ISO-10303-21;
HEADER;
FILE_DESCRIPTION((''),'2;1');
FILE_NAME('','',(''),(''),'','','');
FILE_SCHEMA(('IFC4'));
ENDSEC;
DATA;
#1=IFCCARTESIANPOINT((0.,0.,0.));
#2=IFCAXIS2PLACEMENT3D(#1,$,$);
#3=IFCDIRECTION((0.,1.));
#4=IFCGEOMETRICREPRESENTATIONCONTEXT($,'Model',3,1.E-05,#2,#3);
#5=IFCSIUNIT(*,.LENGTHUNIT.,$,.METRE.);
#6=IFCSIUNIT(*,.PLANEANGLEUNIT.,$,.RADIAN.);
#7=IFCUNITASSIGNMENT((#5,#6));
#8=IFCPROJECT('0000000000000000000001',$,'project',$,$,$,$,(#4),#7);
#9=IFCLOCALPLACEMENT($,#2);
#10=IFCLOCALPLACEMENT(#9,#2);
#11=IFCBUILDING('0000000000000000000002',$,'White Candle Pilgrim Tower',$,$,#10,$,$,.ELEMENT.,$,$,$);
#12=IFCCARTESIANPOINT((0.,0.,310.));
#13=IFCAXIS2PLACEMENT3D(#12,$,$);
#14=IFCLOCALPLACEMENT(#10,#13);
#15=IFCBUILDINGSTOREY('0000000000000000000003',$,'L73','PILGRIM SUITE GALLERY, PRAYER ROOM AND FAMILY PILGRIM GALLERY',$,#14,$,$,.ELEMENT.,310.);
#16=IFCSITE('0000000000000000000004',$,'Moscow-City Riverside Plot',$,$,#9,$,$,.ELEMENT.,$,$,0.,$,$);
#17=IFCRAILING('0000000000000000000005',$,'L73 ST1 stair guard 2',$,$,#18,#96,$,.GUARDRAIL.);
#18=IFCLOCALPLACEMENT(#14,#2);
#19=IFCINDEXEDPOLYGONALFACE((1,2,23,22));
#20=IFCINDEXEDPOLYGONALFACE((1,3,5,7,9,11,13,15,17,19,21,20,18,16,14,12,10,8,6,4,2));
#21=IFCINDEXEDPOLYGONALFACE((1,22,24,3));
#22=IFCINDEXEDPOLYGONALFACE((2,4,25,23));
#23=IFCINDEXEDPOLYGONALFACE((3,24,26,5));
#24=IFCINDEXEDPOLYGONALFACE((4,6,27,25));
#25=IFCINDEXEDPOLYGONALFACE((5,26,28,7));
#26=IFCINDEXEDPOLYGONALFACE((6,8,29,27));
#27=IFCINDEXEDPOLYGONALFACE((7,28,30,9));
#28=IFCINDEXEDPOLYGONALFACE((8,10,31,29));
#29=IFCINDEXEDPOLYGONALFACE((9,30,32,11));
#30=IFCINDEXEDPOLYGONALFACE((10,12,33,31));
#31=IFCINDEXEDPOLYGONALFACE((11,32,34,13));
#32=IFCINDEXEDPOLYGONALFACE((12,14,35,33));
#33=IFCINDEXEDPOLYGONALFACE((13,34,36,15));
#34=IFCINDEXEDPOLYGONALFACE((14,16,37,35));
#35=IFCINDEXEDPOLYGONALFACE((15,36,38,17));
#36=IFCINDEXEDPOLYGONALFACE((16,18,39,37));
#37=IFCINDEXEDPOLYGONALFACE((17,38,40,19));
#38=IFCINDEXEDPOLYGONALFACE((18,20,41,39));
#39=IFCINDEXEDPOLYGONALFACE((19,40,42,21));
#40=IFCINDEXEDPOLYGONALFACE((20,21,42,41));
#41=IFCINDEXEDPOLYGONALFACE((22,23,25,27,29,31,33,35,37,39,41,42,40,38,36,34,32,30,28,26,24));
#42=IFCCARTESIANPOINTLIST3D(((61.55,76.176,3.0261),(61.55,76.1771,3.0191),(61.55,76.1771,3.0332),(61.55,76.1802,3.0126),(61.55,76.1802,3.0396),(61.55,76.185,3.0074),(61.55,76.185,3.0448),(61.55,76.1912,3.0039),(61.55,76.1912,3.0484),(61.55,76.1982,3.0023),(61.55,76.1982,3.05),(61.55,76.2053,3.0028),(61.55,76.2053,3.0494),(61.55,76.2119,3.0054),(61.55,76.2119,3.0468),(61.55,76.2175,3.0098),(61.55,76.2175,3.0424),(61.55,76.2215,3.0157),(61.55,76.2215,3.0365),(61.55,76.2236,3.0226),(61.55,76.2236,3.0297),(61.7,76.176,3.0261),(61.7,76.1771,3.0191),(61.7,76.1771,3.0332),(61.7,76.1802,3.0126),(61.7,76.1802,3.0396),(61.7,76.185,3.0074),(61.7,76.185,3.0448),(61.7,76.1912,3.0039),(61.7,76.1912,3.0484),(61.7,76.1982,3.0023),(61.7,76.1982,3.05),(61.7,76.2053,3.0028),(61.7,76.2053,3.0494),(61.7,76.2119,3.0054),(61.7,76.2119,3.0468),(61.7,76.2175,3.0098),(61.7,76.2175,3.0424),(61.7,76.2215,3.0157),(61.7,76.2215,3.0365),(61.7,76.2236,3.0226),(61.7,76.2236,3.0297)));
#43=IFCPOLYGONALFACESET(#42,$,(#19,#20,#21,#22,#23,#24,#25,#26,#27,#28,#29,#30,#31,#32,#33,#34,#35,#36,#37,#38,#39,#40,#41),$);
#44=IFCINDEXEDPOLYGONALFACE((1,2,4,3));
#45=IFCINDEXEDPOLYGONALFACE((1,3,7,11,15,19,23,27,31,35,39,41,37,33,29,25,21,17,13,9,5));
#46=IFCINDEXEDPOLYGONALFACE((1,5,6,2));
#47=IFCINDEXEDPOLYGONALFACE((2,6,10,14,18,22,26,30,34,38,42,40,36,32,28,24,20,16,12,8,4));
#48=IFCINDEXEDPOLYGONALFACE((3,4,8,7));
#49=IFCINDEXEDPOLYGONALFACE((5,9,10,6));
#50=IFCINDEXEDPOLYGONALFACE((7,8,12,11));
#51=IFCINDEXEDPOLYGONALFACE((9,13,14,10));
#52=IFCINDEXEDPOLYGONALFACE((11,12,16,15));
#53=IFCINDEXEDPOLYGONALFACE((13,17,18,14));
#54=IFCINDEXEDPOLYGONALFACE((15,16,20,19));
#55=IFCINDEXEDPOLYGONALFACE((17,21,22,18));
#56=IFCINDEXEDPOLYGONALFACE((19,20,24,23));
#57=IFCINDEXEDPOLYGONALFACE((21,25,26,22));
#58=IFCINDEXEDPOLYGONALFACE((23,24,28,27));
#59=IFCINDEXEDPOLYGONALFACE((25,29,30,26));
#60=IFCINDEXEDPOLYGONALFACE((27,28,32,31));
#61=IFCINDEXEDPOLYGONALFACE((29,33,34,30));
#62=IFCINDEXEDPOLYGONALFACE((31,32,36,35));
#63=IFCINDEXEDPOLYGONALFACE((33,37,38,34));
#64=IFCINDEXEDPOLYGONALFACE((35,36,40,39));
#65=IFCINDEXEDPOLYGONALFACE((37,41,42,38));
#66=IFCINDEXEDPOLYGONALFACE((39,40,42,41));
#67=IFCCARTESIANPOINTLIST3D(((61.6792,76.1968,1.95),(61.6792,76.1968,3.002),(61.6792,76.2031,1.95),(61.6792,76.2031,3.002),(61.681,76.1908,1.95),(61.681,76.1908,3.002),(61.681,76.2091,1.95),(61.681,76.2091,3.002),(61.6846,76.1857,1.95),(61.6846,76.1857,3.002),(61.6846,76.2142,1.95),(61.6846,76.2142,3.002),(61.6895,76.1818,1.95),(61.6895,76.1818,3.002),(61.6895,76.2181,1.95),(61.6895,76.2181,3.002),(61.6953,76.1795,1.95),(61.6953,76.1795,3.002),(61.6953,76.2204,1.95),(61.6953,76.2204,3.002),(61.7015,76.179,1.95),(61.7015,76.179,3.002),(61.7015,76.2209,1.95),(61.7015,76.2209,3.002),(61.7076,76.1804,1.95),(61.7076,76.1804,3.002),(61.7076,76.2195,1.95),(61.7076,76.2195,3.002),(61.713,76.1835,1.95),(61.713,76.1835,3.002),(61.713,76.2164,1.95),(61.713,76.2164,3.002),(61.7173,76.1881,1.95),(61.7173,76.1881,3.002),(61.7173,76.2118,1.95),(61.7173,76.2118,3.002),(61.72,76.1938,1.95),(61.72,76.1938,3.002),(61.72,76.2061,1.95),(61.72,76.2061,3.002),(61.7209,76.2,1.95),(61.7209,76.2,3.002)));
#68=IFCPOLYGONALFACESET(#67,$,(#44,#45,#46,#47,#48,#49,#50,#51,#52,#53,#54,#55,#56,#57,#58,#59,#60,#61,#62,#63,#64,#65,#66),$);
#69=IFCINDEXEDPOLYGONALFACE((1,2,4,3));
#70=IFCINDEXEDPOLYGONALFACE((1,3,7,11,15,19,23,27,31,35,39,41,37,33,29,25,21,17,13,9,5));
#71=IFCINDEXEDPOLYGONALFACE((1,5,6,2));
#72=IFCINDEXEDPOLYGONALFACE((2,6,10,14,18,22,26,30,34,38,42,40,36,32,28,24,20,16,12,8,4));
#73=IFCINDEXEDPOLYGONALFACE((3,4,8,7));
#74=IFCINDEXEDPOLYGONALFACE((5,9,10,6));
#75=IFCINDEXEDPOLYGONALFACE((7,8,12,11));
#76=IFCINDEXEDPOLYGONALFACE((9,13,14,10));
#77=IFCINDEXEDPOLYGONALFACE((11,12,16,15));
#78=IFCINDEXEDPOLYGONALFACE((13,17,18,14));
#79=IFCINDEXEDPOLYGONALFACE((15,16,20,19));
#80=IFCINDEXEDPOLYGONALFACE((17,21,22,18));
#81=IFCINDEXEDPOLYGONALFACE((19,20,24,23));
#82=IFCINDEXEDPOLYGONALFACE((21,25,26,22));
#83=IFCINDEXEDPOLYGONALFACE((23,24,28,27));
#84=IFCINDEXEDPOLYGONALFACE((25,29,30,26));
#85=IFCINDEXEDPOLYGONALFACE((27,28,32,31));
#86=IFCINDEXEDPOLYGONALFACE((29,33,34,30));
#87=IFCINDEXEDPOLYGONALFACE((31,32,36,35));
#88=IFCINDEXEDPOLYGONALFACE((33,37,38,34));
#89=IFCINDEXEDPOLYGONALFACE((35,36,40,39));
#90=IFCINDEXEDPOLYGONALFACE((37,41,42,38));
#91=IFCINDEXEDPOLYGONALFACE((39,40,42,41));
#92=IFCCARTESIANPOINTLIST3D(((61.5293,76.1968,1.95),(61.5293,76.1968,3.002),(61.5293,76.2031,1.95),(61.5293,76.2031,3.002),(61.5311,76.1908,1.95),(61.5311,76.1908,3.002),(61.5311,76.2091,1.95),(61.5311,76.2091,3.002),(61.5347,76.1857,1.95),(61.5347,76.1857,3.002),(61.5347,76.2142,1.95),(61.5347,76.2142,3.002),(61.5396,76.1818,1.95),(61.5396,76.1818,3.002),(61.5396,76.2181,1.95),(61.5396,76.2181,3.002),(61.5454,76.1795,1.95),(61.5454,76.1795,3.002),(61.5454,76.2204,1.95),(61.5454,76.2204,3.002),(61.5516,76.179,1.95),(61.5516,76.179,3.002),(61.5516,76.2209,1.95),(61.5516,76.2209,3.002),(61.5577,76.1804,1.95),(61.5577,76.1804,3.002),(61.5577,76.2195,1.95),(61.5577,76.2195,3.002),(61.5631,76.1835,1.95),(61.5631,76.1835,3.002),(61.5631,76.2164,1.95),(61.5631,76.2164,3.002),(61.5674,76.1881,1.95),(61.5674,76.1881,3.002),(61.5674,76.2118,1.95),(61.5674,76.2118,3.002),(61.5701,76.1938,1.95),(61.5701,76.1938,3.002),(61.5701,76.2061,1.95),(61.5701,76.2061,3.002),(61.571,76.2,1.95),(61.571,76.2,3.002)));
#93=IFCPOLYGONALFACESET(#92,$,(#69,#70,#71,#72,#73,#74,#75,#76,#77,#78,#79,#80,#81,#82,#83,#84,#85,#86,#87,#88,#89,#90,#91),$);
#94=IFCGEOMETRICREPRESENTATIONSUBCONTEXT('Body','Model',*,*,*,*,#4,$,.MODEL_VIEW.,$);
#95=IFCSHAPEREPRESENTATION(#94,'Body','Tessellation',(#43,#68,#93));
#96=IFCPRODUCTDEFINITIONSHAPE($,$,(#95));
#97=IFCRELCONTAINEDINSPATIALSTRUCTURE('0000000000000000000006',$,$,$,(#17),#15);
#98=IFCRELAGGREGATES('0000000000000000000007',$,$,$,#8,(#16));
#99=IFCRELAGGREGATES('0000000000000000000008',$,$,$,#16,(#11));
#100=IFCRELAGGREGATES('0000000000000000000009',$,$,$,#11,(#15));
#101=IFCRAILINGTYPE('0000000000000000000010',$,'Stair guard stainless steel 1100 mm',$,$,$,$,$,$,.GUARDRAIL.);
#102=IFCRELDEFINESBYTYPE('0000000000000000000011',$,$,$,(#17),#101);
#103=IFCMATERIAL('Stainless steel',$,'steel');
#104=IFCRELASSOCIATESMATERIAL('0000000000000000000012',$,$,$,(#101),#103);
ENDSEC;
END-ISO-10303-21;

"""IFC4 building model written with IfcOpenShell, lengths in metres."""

from ifc_helpers import new_model, si_unit, direction, frame, origin, origin_2d, place, context, subcontext, project, spatial, circle, extrude, material, type_object, element, save


model = new_model("IFC4")

# Units and contexts
model_context = context("Model", 3, precision=1e-05, world=origin(), true_north=direction((0.0, 1.0)))
body_context = subcontext(model_context, "Body", "Model", "MODEL_VIEW")
ifc_project = project(units=[si_unit("LENGTHUNIT", "METRE"), si_unit("PLANEANGLEUNIT", "RADIAN")], contexts=[model_context])

# Site, building, storey
site_placement = place(None, origin())
site = spatial("IfcSite", under=ifc_project, at=site_placement, Name="Moscow-City Riverside Plot", CompositionType="ELEMENT", RefElevation=0.0)
building_placement = place(site_placement, origin())
building = spatial("IfcBuilding", under=site, at=building_placement, Name="White Candle Pilgrim Tower", CompositionType="ELEMENT")
storey_placement = place(building_placement, frame((0.0, 0.0, 310.0)))
storey = spatial("IfcBuildingStorey", under=building, at=storey_placement, Name="L73", Description="PILGRIM SUITE GALLERY, PRAYER ROOM AND FAMILY PILGRIM GALLERY", CompositionType="ELEMENT", Elevation=310.0)

# Shared definitions
ifc_material_1 = material(Name="Stainless steel", Category="steel")

# Railing
railing_type = type_object("IfcRailingType", Name="Stair guard stainless steel 1100 mm", PredefinedType="GUARDRAIL", material=ifc_material_1)
railing_1_placement = place(storey_placement, frame((61.7, 76.2, 1.95)))
element("IfcRailing", 1, at=railing_1_placement, inside=storey, type_object=railing_type, Name="L73 ST1 stair guard 2", PredefinedType="GUARDRAIL", context=body_context, shape_type="SweptSolid", body=[
    extrude(circle(Radius=0.0239, at=origin_2d()), frame((0.0, 0.0, 1.0762), z_axis=(-1.0, 0.0, 0.0), x_axis=(0.0, -1.0, 0.0)), (0.0, 0.0, 1.0), 0.1499),
    extrude(circle(Radius=0.021, at=origin_2d()), origin(), (0.0, 0.0, 1.0), 1.052),
    extrude(circle(Radius=0.021, at=origin_2d()), frame((-0.1499, 0.0, 0.0)), (0.0, 0.0, 1.0), 1.052),
])

save(model, "model.ifc")
